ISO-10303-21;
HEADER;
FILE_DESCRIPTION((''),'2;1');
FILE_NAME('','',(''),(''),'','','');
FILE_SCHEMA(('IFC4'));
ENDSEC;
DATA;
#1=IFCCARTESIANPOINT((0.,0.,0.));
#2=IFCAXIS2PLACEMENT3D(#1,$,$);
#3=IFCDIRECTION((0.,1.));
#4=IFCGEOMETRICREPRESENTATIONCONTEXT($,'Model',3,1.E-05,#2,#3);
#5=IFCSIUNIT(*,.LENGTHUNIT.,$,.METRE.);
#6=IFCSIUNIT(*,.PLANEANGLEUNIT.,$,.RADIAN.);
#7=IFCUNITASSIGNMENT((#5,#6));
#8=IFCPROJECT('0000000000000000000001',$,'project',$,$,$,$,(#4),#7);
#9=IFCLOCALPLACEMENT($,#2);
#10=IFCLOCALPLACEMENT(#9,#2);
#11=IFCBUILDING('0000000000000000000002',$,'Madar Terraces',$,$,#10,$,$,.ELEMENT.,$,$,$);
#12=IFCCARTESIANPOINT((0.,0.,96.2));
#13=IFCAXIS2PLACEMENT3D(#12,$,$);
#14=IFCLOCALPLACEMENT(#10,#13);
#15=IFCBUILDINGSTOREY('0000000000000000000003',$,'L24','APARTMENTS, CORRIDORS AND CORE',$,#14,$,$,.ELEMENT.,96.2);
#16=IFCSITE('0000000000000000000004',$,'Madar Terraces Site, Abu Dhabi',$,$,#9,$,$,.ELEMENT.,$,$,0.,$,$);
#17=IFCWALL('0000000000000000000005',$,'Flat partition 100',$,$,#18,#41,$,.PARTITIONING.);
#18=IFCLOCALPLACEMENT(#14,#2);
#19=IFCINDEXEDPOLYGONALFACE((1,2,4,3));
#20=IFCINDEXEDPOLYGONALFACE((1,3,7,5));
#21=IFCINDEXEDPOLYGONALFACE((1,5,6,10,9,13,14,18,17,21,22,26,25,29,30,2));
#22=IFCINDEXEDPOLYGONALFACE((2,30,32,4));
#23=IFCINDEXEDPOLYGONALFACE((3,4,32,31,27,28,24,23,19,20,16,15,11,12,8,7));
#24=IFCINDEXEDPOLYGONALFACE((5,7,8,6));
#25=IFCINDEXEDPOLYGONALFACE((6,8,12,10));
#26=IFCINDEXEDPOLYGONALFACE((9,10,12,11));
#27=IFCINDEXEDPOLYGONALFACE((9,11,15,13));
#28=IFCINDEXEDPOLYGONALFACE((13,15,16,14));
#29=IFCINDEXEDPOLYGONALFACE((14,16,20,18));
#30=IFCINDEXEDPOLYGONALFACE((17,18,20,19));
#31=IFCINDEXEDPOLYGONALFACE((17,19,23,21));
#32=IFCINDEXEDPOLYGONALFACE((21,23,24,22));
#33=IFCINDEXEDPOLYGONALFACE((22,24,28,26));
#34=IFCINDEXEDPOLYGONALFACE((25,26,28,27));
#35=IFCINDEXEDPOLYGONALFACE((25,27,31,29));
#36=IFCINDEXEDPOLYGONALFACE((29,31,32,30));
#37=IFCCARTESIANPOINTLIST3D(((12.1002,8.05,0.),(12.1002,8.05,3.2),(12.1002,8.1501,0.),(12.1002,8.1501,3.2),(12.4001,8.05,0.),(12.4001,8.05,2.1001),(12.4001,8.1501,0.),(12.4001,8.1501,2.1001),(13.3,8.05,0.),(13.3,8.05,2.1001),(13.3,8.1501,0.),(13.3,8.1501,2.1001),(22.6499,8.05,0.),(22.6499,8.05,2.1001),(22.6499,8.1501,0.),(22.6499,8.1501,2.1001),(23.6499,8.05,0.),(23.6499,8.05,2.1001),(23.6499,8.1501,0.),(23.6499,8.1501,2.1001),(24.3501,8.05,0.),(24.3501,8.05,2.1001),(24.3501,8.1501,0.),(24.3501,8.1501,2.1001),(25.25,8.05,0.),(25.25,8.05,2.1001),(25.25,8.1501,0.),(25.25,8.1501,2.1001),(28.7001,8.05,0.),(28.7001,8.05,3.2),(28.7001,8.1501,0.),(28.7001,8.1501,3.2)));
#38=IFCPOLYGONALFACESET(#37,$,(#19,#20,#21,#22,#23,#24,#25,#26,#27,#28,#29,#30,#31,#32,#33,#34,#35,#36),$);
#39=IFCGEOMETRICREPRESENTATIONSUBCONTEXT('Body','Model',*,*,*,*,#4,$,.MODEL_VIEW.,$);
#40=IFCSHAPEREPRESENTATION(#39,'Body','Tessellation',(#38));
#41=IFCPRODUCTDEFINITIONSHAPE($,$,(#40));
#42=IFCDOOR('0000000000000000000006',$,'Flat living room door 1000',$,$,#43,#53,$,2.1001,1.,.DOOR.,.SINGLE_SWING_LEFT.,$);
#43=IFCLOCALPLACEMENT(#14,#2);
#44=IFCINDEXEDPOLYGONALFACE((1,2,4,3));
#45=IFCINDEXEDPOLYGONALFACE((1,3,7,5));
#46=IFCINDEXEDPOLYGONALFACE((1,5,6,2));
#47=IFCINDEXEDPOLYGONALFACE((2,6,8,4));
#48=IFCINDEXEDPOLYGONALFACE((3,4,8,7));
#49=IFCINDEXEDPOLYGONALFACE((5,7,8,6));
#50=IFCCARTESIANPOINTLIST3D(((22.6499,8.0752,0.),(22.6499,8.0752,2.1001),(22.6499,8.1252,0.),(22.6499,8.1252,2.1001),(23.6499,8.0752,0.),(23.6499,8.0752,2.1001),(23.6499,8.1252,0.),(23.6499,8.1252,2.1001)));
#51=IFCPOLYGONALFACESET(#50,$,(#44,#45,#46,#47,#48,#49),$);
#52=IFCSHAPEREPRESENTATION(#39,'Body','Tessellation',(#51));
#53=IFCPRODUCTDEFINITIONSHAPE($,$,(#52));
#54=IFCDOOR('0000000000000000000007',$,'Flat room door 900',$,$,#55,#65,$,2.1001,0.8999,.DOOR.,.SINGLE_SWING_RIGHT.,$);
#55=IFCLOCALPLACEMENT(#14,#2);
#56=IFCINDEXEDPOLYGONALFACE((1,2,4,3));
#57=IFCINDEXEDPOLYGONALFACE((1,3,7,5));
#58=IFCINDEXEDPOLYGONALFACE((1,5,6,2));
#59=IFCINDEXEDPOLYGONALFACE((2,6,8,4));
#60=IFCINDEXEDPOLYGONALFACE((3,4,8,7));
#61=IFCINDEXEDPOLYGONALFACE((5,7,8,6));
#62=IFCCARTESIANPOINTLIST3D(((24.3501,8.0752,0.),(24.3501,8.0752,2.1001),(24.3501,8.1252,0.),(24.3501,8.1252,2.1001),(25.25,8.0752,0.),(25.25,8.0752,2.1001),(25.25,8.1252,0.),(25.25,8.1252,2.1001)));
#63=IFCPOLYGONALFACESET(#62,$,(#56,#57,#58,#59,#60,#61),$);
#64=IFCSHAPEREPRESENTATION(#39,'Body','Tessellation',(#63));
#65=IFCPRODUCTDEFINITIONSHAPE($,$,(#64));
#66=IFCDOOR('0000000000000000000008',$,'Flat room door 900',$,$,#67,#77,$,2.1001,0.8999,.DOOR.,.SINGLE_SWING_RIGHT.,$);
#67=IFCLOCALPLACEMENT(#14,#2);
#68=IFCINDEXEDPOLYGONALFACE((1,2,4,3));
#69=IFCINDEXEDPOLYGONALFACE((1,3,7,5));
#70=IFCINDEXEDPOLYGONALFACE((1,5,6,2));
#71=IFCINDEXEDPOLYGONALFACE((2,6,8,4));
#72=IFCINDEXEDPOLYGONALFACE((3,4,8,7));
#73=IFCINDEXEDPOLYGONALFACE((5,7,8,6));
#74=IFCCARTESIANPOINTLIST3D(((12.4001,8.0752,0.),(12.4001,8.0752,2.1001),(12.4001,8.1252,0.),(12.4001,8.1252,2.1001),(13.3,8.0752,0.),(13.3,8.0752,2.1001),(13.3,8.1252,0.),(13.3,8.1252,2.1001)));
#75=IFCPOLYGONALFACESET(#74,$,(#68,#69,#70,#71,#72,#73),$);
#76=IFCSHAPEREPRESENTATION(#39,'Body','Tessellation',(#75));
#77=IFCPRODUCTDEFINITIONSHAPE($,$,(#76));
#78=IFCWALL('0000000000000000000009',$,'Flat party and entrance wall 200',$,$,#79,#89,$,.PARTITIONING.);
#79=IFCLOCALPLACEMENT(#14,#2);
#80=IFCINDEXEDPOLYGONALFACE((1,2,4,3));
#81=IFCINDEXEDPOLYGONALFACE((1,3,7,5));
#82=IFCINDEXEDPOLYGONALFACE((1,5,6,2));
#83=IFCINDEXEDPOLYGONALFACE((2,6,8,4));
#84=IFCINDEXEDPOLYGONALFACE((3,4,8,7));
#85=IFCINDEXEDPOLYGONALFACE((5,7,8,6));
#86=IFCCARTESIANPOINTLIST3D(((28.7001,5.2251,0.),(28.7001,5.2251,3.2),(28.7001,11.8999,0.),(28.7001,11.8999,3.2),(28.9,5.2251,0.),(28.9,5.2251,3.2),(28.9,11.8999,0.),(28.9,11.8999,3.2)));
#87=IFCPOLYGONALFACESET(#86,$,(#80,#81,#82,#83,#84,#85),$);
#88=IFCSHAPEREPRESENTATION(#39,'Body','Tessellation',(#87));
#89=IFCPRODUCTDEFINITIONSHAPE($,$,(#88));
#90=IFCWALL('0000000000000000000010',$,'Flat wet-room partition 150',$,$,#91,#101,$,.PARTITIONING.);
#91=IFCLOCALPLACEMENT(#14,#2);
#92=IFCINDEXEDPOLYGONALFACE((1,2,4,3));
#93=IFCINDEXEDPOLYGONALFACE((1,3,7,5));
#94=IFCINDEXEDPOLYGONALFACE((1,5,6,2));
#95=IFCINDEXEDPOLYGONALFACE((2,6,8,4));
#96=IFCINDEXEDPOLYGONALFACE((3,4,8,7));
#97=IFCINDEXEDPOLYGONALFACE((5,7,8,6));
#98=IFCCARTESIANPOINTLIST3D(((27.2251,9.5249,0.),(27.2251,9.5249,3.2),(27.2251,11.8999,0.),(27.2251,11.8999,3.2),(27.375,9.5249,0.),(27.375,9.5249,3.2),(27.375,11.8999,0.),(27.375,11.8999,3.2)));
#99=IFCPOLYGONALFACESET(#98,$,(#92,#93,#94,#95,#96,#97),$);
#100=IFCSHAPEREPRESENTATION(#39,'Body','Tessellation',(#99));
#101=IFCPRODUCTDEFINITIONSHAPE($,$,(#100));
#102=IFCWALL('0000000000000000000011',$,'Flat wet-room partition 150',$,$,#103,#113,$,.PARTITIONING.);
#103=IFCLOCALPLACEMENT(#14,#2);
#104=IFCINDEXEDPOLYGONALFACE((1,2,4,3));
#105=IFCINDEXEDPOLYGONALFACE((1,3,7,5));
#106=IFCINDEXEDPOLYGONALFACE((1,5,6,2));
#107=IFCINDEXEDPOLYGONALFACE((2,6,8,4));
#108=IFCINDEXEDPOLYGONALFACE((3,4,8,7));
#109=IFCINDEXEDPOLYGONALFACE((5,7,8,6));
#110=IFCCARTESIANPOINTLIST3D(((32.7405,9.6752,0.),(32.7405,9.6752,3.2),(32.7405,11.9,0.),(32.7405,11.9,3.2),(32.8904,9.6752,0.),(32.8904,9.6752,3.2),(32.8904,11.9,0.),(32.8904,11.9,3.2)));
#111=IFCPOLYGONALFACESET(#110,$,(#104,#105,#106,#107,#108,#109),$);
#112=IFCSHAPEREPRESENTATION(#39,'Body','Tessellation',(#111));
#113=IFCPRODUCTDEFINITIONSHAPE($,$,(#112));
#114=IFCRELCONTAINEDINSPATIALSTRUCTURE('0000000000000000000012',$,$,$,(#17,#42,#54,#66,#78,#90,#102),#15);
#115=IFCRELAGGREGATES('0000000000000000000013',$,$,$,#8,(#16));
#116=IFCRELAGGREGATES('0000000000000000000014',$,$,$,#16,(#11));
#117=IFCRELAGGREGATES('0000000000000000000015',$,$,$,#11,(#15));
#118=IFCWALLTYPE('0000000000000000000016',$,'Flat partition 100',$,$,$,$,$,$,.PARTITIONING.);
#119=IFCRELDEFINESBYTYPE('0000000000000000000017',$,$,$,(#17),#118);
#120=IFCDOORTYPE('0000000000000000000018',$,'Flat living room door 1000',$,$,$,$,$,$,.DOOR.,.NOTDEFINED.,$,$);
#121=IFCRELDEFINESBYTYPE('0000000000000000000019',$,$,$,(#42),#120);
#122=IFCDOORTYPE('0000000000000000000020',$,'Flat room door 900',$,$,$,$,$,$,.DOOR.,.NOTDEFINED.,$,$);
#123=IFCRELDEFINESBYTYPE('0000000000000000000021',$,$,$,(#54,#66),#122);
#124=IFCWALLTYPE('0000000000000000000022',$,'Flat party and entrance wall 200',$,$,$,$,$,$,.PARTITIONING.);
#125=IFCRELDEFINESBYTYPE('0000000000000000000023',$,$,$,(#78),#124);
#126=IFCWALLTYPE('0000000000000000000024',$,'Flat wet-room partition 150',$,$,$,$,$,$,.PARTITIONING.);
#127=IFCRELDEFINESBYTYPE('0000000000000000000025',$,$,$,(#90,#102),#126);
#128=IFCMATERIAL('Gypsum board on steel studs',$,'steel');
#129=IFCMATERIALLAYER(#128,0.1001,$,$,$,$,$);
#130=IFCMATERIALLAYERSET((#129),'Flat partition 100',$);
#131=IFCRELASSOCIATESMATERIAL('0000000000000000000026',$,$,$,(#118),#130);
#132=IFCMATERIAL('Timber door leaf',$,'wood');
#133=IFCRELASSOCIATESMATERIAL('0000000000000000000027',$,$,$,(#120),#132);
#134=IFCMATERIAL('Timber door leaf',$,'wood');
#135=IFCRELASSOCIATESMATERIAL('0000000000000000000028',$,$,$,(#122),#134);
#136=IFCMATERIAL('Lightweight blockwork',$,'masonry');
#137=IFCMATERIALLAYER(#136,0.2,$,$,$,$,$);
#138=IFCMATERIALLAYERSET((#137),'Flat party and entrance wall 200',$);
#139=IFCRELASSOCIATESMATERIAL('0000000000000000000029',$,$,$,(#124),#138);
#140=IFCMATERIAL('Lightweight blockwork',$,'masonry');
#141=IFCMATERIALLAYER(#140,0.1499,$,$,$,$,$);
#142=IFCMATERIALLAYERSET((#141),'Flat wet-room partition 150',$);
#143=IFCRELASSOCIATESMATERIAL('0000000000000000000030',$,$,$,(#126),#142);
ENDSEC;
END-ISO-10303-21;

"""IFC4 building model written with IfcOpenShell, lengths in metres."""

from ifc_helpers import new_model, si_unit, direction, frame, frame_2d, origin, place, context, subcontext, project, spatial, rectangle, extrude, material, layer, layer_set, type_object, element, fill, save


model = new_model("IFC4")

# Units and contexts
model_context = context("Model", 3, precision=1e-05, world=origin(), true_north=direction((0.0, 1.0)))
body_context = subcontext(model_context, "Body", "Model", "MODEL_VIEW")
ifc_project = project(units=[si_unit("LENGTHUNIT", "METRE"), si_unit("PLANEANGLEUNIT", "RADIAN")], contexts=[model_context])

# Site, building, storey
site_placement = place(None, origin())
site = spatial("IfcSite", under=ifc_project, at=site_placement, Name="Madar Terraces Site, Abu Dhabi", CompositionType="ELEMENT", RefElevation=0.0)
building_placement = place(site_placement, origin())
building = spatial("IfcBuilding", under=site, at=building_placement, Name="Madar Terraces", CompositionType="ELEMENT")
storey_placement = place(building_placement, frame((0.0, 0.0, 96.2)))
storey = spatial("IfcBuildingStorey", under=building, at=storey_placement, Name="L24", Description="APARTMENTS, CORRIDORS AND CORE", CompositionType="ELEMENT", Elevation=96.2)

# Shared definitions
ifc_material_1 = material(Name="Gypsum board on steel studs", Category="steel")
ifc_layer_1 = layer(ifc_material_1, 0.1001)
ifc_layer_set_1 = layer_set([ifc_layer_1], Name="Flat partition 100")
wall_type_1 = type_object("IfcWallType", Name="Flat partition 100", PredefinedType="PARTITIONING", material=ifc_layer_set_1)

# Wall, openings, doors
wall_1_placement = place(storey_placement, frame((28.7, 8.1001, 0.0), z_axis=(0.0, 0.0, 1.0), x_axis=(-1.0, 0.0, 0.0)))
wall_1 = element("IfcWall", 1, at=wall_1_placement, inside=storey, type_object=wall_type_1, Name="Flat partition 100", PredefinedType="PARTITIONING", context=body_context, shape_type="SweptSolid", body=[
    extrude(rectangle(XDim=16.5999, YDim=0.1001, at=frame_2d((8.2998, 0.0))), origin(), (0.0, 0.0, 1.0), 3.2),
])
opening_1_placement = place(wall_1_placement, frame((3.45, 0.0, 0.0)))
opening_1 = element("IfcOpeningElement", 2, at=opening_1_placement, cuts=wall_1, PredefinedType="OPENING", context=body_context, shape_type="SweptSolid", body=[
    extrude(rectangle(XDim=0.8999, YDim=2.1001, at=frame_2d((0.45, 1.05))), frame((0.0, 0.0601, 0.0), z_axis=(0.0, -1.0, 0.0), x_axis=(1.0, 0.0, 0.0)), (0.0, 0.0, 1.0), 0.1201),
])
opening_2_placement = place(wall_1_placement, frame((5.05, 0.0, 0.0)))
opening_2 = element("IfcOpeningElement", 3, at=opening_2_placement, cuts=wall_1, PredefinedType="OPENING", context=body_context, shape_type="SweptSolid", body=[
    extrude(rectangle(XDim=1.0, YDim=2.1001, at=frame_2d((0.5, 1.05))), frame((0.0, 0.0601, 0.0), z_axis=(0.0, -1.0, 0.0), x_axis=(1.0, 0.0, 0.0)), (0.0, 0.0, 1.0), 0.1201),
])
opening_3_placement = place(wall_1_placement, frame((15.3999, 0.0, 0.0)))
opening_3 = element("IfcOpeningElement", 4, at=opening_3_placement, cuts=wall_1, PredefinedType="OPENING", context=body_context, shape_type="SweptSolid", body=[
    extrude(rectangle(XDim=0.8999, YDim=2.1001, at=frame_2d((0.45, 1.05))), frame((0.0, 0.0601, 0.0), z_axis=(0.0, -1.0, 0.0), x_axis=(1.0, 0.0, 0.0)), (0.0, 0.0, 1.0), 0.1201),
])
ifc_material_2 = material(Name="Timber door leaf", Category="wood")
door_type_1 = type_object("IfcDoorType", Name="Flat living room door 1000", OperationType="NOTDEFINED", PredefinedType="DOOR", material=ifc_material_2)
door_1_placement = place(opening_2_placement, origin())
door_1 = element("IfcDoor", 5, at=door_1_placement, inside=storey, type_object=door_type_1, Name="Flat living room door 1000", OperationType="SINGLE_SWING_LEFT", OverallHeight=2.1001, OverallWidth=1.0, PredefinedType="DOOR", context=body_context, shape_type="SweptSolid", body=[
    extrude(rectangle(XDim=1.0, YDim=2.1001, at=frame_2d((0.5, 1.05))), frame((0.0, 0.0249, 0.0), z_axis=(0.0, -1.0, 0.0), x_axis=(1.0, 0.0, 0.0)), (0.0, 0.0, 1.0), 0.05),
])
fill(opening_2, door_1)
ifc_material_3 = material(Name="Timber door leaf", Category="wood")
door_type_2 = type_object("IfcDoorType", Name="Flat room door 900", OperationType="NOTDEFINED", PredefinedType="DOOR", material=ifc_material_3)
door_2_placement = place(opening_1_placement, origin())
door_2 = element("IfcDoor", 6, at=door_2_placement, inside=storey, type_object=door_type_2, Name="Flat room door 900", OperationType="SINGLE_SWING_RIGHT", OverallHeight=2.1001, OverallWidth=0.8999, PredefinedType="DOOR", context=body_context, shape_type="SweptSolid", body=[
    extrude(rectangle(XDim=0.8999, YDim=2.1001, at=frame_2d((0.45, 1.05))), frame((0.0, 0.0249, 0.0), z_axis=(0.0, -1.0, 0.0), x_axis=(1.0, 0.0, 0.0)), (0.0, 0.0, 1.0), 0.05),
])
fill(opening_1, door_2)
door_3_placement = place(opening_3_placement, origin())
door_3 = element("IfcDoor", 7, at=door_3_placement, inside=storey, type_object=door_type_2, Name="Flat room door 900", OperationType="SINGLE_SWING_RIGHT", OverallHeight=2.1001, OverallWidth=0.8999, PredefinedType="DOOR", context=body_context, shape_type="SweptSolid", body=[
    extrude(rectangle(XDim=0.8999, YDim=2.1001, at=frame_2d((0.45, 1.05))), frame((0.0, 0.0249, 0.0), z_axis=(0.0, -1.0, 0.0), x_axis=(1.0, 0.0, 0.0)), (0.0, 0.0, 1.0), 0.05),
])
fill(opening_3, door_3)

# Walls
ifc_material_4 = material(Name="Lightweight blockwork", Category="masonry")
ifc_layer_2 = layer(ifc_material_4, 0.2)
ifc_layer_set_2 = layer_set([ifc_layer_2], Name="Flat party and entrance wall 200")
wall_type_2 = type_object("IfcWallType", Name="Flat party and entrance wall 200", PredefinedType="PARTITIONING", material=ifc_layer_set_2)
wall_2_placement = place(storey_placement, frame((28.8, 11.8999, 0.0), z_axis=(0.0, 0.0, 1.0), x_axis=(0.0, -1.0, 0.0)))
element("IfcWall", 8, at=wall_2_placement, inside=storey, type_object=wall_type_2, Name="Flat party and entrance wall 200", PredefinedType="PARTITIONING", context=body_context, shape_type="SweptSolid", body=[
    extrude(rectangle(XDim=6.6748, YDim=0.2, at=frame_2d((3.3374, 0.0))), origin(), (0.0, 0.0, 1.0), 3.2),
])
ifc_material_5 = material(Name="Lightweight blockwork", Category="masonry")
ifc_layer_3 = layer(ifc_material_5, 0.1499)
ifc_layer_set_3 = layer_set([ifc_layer_3], Name="Flat wet-room partition 150")
wall_type_3 = type_object("IfcWallType", Name="Flat wet-room partition 150", PredefinedType="PARTITIONING", material=ifc_layer_set_3)
wall_3_placement = place(storey_placement, frame((27.3, 11.8999, 0.0), z_axis=(0.0, 0.0, 1.0), x_axis=(0.0, -1.0, 0.0)))
element("IfcWall", 9, at=wall_3_placement, inside=storey, type_object=wall_type_3, Name="Flat wet-room partition 150", PredefinedType="PARTITIONING", context=body_context, shape_type="SweptSolid", body=[
    extrude(rectangle(XDim=2.375, YDim=0.1499, at=frame_2d((1.1875, 0.0))), origin(), (0.0, 0.0, 1.0), 3.2),
])
wall_4_placement = place(storey_placement, frame((32.8154, 11.8999, 0.0), z_axis=(0.0, 0.0, 1.0), x_axis=(0.0, -1.0, 0.0)))
element("IfcWall", 10, at=wall_4_placement, inside=storey, type_object=wall_type_3, Name="Flat wet-room partition 150", PredefinedType="PARTITIONING", context=body_context, shape_type="SweptSolid", body=[
    extrude(rectangle(XDim=2.2249, YDim=0.1499, at=frame_2d((1.1123, 0.0))), origin(), (0.0, 0.0, 1.0), 3.2),
])

save(model, "model.ifc")
